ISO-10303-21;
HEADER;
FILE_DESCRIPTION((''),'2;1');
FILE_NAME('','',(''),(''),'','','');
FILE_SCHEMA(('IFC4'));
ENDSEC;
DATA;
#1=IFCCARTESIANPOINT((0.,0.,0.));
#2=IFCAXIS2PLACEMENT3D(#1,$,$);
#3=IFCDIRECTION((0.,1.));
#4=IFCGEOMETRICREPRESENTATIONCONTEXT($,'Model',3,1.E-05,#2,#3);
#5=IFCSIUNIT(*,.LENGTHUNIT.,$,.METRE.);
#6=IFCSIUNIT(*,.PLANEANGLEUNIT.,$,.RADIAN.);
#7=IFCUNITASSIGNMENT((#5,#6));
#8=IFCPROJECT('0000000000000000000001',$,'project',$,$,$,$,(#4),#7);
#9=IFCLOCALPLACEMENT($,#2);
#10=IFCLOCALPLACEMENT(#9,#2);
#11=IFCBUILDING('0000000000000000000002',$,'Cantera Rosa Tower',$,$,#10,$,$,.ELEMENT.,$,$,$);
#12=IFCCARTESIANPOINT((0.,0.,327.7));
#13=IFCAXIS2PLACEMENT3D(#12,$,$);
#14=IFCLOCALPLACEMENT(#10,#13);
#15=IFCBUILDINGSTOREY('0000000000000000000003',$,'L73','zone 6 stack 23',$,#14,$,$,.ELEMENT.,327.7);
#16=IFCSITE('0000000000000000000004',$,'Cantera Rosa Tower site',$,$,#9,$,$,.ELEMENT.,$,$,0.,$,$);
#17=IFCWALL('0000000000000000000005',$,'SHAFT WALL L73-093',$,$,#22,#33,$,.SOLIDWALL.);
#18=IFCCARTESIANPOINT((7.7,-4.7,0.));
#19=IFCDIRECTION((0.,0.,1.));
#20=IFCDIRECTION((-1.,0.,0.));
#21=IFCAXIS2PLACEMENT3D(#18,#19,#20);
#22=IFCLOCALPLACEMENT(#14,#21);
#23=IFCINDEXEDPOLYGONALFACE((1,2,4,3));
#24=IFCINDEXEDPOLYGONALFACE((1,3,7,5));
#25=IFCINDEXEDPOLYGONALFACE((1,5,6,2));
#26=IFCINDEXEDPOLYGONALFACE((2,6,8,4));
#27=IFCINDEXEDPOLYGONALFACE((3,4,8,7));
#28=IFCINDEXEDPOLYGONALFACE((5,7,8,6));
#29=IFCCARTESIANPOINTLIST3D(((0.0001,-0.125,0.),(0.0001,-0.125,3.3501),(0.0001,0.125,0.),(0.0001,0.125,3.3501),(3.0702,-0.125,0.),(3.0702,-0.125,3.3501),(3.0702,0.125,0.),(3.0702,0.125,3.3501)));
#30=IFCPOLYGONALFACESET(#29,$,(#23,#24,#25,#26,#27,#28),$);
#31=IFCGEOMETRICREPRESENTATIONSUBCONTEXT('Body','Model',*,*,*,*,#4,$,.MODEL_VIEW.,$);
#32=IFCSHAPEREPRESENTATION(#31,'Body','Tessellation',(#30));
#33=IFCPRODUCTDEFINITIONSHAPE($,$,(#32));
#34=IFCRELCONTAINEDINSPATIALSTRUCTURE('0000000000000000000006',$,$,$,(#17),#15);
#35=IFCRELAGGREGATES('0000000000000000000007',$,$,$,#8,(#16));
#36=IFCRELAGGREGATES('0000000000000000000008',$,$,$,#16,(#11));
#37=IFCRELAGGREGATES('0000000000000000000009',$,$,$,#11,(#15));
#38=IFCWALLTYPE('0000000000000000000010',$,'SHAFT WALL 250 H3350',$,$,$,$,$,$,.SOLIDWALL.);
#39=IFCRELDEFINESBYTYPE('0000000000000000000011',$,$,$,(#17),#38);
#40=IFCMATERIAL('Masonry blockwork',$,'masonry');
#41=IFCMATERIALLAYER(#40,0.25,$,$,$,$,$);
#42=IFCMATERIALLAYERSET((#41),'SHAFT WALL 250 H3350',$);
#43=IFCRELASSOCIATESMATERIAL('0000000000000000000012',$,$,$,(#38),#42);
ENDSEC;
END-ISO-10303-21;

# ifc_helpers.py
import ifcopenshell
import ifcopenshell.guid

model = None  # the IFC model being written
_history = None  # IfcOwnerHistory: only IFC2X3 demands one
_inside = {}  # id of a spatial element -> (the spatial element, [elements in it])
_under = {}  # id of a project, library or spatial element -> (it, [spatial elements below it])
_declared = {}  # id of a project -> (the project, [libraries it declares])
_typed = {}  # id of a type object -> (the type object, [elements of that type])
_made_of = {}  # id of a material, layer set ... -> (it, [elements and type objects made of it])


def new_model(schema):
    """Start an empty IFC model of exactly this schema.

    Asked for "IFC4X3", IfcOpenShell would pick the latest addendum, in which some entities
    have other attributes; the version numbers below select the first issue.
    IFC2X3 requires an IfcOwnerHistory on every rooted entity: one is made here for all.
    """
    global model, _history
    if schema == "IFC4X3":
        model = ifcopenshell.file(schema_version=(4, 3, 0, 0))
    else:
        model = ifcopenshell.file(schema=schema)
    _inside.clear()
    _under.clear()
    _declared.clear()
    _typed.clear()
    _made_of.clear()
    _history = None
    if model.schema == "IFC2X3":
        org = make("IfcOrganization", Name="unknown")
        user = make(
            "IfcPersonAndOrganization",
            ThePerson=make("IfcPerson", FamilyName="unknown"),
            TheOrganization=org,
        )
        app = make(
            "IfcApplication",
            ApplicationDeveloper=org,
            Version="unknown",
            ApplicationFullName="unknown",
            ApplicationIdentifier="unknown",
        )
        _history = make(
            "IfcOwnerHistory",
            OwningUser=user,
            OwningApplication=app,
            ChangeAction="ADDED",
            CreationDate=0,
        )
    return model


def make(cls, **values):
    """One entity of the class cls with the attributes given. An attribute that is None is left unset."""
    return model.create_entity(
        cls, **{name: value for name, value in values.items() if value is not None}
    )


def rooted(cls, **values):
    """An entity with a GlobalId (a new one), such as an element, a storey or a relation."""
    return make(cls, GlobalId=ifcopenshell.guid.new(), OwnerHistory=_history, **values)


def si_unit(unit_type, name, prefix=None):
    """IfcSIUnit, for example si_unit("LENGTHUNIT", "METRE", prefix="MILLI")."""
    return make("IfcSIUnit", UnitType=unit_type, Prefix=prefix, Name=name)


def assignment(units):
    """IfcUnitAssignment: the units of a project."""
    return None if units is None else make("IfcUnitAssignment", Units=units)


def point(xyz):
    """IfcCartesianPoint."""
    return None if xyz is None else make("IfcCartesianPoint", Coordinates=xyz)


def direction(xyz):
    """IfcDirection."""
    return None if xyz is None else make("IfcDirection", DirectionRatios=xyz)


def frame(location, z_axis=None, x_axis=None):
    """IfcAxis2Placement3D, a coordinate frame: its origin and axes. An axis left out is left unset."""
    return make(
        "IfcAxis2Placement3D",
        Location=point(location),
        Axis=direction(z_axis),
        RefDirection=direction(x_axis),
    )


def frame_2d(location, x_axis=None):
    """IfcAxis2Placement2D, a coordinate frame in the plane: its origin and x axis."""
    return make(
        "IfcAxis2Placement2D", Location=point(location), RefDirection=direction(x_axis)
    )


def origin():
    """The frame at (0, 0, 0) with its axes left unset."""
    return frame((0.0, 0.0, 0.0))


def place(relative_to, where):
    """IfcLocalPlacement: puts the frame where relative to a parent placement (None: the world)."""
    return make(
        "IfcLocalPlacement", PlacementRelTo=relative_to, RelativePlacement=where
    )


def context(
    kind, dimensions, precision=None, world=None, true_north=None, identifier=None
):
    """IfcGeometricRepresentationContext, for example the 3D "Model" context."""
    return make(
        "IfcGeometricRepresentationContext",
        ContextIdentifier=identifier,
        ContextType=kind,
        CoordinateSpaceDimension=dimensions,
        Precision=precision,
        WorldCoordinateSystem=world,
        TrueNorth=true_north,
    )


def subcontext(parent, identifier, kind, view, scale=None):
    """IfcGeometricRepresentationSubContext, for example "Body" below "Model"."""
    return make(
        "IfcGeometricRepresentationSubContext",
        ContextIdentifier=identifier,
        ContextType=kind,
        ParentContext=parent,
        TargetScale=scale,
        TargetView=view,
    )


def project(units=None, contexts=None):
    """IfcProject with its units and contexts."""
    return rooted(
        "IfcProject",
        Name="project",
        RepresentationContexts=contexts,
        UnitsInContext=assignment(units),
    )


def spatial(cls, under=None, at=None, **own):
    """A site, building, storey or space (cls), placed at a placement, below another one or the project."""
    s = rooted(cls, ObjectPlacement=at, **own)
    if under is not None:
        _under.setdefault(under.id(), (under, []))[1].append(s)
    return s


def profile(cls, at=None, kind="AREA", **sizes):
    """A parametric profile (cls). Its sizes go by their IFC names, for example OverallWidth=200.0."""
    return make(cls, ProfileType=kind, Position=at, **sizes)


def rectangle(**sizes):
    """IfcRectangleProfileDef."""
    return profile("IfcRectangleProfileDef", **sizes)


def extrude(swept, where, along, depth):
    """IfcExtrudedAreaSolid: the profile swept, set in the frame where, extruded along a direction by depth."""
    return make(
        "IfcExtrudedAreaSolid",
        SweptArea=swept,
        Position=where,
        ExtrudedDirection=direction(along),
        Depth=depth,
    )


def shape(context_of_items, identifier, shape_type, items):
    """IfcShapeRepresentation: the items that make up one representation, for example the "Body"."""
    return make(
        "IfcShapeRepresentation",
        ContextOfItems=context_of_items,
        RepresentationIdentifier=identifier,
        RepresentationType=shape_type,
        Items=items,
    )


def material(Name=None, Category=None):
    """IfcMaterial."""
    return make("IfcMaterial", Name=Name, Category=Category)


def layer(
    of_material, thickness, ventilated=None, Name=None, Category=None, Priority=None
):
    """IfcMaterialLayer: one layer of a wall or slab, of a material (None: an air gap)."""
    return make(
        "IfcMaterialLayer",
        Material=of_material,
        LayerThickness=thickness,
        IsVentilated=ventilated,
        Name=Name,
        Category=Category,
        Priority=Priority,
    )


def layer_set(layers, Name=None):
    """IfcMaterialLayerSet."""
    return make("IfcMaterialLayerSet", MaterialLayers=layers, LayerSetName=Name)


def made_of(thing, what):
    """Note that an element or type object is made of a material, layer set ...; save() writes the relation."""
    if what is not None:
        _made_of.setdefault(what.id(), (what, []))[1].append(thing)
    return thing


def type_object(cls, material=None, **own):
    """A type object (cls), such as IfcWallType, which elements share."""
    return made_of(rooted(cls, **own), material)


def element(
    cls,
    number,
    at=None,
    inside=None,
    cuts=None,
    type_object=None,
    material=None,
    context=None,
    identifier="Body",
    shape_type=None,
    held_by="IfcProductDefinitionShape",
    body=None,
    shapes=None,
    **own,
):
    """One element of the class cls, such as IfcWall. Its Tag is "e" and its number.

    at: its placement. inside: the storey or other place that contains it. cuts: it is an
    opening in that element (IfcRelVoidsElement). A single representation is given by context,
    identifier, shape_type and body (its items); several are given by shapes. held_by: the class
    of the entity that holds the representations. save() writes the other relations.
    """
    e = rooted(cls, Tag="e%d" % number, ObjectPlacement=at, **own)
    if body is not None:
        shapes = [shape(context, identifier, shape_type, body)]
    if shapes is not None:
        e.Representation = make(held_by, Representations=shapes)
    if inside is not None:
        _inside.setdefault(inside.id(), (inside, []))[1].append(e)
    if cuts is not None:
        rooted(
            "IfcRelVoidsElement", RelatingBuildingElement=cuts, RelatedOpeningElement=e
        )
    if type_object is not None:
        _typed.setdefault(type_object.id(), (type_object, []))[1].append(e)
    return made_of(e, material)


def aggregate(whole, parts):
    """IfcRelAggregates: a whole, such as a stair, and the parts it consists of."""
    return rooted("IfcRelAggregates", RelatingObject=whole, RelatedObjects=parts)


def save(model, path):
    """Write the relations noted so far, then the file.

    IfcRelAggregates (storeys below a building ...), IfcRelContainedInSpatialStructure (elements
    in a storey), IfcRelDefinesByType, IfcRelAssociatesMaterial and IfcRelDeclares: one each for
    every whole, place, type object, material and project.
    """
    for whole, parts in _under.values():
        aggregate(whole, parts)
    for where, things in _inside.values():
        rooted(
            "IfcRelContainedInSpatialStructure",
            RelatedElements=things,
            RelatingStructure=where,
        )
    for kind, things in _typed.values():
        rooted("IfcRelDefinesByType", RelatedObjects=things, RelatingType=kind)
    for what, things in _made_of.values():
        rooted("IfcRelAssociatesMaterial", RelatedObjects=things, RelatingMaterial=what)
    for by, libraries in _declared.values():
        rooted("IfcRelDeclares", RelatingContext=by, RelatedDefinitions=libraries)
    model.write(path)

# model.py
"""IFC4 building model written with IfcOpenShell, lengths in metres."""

from ifc_helpers import new_model, si_unit, direction, frame, frame_2d, origin, place, context, subcontext, project, spatial, rectangle, extrude, material, layer, layer_set, type_object, element, save


model = new_model("IFC4")

# Units and contexts
model_context = context("Model", 3, precision=1e-05, world=origin(), true_north=direction((0.0, 1.0)))
body_context = subcontext(model_context, "Body", "Model", "MODEL_VIEW")
ifc_project = project(units=[si_unit("LENGTHUNIT", "METRE"), si_unit("PLANEANGLEUNIT", "RADIAN")], contexts=[model_context])

# Site, building, storey
site_placement = place(None, origin())
site = spatial("IfcSite", under=ifc_project, at=site_placement, Name="Cantera Rosa Tower site", CompositionType="ELEMENT", RefElevation=0.0)
building_placement = place(site_placement, origin())
building = spatial("IfcBuilding", under=site, at=building_placement, Name="Cantera Rosa Tower", CompositionType="ELEMENT")
storey_placement = place(building_placement, frame((0.0, 0.0, 327.7)))
storey = spatial("IfcBuildingStorey", under=building, at=storey_placement, Name="L73", Description="zone 6 stack 23", CompositionType="ELEMENT", Elevation=327.7)

# Wall
ifc_material_1 = material(Name="Masonry blockwork", Category="masonry")
ifc_layer_1 = layer(ifc_material_1, 0.25)
ifc_layer_set_1 = layer_set([ifc_layer_1], Name="SHAFT WALL 250 H3350")
wall_type_1 = type_object("IfcWallType", Name="SHAFT WALL 250 H3350", PredefinedType="SOLIDWALL", material=ifc_layer_set_1)
wall_1_placement = place(storey_placement, frame((7.7, -4.7, 0.0), z_axis=(0.0, 0.0, 1.0), x_axis=(-1.0, 0.0, 0.0)))
element("IfcWall", 1, at=wall_1_placement, inside=storey, type_object=wall_type_1, Name="SHAFT WALL L73-093", PredefinedType="SOLIDWALL", context=body_context, shape_type="SweptSolid", body=[
    extrude(rectangle(XDim=3.0701, YDim=0.25, at=frame_2d((1.5352, 0.0))), origin(), (0.0, 0.0, 1.0), 3.3501),
])

save(model, "model.ifc")
